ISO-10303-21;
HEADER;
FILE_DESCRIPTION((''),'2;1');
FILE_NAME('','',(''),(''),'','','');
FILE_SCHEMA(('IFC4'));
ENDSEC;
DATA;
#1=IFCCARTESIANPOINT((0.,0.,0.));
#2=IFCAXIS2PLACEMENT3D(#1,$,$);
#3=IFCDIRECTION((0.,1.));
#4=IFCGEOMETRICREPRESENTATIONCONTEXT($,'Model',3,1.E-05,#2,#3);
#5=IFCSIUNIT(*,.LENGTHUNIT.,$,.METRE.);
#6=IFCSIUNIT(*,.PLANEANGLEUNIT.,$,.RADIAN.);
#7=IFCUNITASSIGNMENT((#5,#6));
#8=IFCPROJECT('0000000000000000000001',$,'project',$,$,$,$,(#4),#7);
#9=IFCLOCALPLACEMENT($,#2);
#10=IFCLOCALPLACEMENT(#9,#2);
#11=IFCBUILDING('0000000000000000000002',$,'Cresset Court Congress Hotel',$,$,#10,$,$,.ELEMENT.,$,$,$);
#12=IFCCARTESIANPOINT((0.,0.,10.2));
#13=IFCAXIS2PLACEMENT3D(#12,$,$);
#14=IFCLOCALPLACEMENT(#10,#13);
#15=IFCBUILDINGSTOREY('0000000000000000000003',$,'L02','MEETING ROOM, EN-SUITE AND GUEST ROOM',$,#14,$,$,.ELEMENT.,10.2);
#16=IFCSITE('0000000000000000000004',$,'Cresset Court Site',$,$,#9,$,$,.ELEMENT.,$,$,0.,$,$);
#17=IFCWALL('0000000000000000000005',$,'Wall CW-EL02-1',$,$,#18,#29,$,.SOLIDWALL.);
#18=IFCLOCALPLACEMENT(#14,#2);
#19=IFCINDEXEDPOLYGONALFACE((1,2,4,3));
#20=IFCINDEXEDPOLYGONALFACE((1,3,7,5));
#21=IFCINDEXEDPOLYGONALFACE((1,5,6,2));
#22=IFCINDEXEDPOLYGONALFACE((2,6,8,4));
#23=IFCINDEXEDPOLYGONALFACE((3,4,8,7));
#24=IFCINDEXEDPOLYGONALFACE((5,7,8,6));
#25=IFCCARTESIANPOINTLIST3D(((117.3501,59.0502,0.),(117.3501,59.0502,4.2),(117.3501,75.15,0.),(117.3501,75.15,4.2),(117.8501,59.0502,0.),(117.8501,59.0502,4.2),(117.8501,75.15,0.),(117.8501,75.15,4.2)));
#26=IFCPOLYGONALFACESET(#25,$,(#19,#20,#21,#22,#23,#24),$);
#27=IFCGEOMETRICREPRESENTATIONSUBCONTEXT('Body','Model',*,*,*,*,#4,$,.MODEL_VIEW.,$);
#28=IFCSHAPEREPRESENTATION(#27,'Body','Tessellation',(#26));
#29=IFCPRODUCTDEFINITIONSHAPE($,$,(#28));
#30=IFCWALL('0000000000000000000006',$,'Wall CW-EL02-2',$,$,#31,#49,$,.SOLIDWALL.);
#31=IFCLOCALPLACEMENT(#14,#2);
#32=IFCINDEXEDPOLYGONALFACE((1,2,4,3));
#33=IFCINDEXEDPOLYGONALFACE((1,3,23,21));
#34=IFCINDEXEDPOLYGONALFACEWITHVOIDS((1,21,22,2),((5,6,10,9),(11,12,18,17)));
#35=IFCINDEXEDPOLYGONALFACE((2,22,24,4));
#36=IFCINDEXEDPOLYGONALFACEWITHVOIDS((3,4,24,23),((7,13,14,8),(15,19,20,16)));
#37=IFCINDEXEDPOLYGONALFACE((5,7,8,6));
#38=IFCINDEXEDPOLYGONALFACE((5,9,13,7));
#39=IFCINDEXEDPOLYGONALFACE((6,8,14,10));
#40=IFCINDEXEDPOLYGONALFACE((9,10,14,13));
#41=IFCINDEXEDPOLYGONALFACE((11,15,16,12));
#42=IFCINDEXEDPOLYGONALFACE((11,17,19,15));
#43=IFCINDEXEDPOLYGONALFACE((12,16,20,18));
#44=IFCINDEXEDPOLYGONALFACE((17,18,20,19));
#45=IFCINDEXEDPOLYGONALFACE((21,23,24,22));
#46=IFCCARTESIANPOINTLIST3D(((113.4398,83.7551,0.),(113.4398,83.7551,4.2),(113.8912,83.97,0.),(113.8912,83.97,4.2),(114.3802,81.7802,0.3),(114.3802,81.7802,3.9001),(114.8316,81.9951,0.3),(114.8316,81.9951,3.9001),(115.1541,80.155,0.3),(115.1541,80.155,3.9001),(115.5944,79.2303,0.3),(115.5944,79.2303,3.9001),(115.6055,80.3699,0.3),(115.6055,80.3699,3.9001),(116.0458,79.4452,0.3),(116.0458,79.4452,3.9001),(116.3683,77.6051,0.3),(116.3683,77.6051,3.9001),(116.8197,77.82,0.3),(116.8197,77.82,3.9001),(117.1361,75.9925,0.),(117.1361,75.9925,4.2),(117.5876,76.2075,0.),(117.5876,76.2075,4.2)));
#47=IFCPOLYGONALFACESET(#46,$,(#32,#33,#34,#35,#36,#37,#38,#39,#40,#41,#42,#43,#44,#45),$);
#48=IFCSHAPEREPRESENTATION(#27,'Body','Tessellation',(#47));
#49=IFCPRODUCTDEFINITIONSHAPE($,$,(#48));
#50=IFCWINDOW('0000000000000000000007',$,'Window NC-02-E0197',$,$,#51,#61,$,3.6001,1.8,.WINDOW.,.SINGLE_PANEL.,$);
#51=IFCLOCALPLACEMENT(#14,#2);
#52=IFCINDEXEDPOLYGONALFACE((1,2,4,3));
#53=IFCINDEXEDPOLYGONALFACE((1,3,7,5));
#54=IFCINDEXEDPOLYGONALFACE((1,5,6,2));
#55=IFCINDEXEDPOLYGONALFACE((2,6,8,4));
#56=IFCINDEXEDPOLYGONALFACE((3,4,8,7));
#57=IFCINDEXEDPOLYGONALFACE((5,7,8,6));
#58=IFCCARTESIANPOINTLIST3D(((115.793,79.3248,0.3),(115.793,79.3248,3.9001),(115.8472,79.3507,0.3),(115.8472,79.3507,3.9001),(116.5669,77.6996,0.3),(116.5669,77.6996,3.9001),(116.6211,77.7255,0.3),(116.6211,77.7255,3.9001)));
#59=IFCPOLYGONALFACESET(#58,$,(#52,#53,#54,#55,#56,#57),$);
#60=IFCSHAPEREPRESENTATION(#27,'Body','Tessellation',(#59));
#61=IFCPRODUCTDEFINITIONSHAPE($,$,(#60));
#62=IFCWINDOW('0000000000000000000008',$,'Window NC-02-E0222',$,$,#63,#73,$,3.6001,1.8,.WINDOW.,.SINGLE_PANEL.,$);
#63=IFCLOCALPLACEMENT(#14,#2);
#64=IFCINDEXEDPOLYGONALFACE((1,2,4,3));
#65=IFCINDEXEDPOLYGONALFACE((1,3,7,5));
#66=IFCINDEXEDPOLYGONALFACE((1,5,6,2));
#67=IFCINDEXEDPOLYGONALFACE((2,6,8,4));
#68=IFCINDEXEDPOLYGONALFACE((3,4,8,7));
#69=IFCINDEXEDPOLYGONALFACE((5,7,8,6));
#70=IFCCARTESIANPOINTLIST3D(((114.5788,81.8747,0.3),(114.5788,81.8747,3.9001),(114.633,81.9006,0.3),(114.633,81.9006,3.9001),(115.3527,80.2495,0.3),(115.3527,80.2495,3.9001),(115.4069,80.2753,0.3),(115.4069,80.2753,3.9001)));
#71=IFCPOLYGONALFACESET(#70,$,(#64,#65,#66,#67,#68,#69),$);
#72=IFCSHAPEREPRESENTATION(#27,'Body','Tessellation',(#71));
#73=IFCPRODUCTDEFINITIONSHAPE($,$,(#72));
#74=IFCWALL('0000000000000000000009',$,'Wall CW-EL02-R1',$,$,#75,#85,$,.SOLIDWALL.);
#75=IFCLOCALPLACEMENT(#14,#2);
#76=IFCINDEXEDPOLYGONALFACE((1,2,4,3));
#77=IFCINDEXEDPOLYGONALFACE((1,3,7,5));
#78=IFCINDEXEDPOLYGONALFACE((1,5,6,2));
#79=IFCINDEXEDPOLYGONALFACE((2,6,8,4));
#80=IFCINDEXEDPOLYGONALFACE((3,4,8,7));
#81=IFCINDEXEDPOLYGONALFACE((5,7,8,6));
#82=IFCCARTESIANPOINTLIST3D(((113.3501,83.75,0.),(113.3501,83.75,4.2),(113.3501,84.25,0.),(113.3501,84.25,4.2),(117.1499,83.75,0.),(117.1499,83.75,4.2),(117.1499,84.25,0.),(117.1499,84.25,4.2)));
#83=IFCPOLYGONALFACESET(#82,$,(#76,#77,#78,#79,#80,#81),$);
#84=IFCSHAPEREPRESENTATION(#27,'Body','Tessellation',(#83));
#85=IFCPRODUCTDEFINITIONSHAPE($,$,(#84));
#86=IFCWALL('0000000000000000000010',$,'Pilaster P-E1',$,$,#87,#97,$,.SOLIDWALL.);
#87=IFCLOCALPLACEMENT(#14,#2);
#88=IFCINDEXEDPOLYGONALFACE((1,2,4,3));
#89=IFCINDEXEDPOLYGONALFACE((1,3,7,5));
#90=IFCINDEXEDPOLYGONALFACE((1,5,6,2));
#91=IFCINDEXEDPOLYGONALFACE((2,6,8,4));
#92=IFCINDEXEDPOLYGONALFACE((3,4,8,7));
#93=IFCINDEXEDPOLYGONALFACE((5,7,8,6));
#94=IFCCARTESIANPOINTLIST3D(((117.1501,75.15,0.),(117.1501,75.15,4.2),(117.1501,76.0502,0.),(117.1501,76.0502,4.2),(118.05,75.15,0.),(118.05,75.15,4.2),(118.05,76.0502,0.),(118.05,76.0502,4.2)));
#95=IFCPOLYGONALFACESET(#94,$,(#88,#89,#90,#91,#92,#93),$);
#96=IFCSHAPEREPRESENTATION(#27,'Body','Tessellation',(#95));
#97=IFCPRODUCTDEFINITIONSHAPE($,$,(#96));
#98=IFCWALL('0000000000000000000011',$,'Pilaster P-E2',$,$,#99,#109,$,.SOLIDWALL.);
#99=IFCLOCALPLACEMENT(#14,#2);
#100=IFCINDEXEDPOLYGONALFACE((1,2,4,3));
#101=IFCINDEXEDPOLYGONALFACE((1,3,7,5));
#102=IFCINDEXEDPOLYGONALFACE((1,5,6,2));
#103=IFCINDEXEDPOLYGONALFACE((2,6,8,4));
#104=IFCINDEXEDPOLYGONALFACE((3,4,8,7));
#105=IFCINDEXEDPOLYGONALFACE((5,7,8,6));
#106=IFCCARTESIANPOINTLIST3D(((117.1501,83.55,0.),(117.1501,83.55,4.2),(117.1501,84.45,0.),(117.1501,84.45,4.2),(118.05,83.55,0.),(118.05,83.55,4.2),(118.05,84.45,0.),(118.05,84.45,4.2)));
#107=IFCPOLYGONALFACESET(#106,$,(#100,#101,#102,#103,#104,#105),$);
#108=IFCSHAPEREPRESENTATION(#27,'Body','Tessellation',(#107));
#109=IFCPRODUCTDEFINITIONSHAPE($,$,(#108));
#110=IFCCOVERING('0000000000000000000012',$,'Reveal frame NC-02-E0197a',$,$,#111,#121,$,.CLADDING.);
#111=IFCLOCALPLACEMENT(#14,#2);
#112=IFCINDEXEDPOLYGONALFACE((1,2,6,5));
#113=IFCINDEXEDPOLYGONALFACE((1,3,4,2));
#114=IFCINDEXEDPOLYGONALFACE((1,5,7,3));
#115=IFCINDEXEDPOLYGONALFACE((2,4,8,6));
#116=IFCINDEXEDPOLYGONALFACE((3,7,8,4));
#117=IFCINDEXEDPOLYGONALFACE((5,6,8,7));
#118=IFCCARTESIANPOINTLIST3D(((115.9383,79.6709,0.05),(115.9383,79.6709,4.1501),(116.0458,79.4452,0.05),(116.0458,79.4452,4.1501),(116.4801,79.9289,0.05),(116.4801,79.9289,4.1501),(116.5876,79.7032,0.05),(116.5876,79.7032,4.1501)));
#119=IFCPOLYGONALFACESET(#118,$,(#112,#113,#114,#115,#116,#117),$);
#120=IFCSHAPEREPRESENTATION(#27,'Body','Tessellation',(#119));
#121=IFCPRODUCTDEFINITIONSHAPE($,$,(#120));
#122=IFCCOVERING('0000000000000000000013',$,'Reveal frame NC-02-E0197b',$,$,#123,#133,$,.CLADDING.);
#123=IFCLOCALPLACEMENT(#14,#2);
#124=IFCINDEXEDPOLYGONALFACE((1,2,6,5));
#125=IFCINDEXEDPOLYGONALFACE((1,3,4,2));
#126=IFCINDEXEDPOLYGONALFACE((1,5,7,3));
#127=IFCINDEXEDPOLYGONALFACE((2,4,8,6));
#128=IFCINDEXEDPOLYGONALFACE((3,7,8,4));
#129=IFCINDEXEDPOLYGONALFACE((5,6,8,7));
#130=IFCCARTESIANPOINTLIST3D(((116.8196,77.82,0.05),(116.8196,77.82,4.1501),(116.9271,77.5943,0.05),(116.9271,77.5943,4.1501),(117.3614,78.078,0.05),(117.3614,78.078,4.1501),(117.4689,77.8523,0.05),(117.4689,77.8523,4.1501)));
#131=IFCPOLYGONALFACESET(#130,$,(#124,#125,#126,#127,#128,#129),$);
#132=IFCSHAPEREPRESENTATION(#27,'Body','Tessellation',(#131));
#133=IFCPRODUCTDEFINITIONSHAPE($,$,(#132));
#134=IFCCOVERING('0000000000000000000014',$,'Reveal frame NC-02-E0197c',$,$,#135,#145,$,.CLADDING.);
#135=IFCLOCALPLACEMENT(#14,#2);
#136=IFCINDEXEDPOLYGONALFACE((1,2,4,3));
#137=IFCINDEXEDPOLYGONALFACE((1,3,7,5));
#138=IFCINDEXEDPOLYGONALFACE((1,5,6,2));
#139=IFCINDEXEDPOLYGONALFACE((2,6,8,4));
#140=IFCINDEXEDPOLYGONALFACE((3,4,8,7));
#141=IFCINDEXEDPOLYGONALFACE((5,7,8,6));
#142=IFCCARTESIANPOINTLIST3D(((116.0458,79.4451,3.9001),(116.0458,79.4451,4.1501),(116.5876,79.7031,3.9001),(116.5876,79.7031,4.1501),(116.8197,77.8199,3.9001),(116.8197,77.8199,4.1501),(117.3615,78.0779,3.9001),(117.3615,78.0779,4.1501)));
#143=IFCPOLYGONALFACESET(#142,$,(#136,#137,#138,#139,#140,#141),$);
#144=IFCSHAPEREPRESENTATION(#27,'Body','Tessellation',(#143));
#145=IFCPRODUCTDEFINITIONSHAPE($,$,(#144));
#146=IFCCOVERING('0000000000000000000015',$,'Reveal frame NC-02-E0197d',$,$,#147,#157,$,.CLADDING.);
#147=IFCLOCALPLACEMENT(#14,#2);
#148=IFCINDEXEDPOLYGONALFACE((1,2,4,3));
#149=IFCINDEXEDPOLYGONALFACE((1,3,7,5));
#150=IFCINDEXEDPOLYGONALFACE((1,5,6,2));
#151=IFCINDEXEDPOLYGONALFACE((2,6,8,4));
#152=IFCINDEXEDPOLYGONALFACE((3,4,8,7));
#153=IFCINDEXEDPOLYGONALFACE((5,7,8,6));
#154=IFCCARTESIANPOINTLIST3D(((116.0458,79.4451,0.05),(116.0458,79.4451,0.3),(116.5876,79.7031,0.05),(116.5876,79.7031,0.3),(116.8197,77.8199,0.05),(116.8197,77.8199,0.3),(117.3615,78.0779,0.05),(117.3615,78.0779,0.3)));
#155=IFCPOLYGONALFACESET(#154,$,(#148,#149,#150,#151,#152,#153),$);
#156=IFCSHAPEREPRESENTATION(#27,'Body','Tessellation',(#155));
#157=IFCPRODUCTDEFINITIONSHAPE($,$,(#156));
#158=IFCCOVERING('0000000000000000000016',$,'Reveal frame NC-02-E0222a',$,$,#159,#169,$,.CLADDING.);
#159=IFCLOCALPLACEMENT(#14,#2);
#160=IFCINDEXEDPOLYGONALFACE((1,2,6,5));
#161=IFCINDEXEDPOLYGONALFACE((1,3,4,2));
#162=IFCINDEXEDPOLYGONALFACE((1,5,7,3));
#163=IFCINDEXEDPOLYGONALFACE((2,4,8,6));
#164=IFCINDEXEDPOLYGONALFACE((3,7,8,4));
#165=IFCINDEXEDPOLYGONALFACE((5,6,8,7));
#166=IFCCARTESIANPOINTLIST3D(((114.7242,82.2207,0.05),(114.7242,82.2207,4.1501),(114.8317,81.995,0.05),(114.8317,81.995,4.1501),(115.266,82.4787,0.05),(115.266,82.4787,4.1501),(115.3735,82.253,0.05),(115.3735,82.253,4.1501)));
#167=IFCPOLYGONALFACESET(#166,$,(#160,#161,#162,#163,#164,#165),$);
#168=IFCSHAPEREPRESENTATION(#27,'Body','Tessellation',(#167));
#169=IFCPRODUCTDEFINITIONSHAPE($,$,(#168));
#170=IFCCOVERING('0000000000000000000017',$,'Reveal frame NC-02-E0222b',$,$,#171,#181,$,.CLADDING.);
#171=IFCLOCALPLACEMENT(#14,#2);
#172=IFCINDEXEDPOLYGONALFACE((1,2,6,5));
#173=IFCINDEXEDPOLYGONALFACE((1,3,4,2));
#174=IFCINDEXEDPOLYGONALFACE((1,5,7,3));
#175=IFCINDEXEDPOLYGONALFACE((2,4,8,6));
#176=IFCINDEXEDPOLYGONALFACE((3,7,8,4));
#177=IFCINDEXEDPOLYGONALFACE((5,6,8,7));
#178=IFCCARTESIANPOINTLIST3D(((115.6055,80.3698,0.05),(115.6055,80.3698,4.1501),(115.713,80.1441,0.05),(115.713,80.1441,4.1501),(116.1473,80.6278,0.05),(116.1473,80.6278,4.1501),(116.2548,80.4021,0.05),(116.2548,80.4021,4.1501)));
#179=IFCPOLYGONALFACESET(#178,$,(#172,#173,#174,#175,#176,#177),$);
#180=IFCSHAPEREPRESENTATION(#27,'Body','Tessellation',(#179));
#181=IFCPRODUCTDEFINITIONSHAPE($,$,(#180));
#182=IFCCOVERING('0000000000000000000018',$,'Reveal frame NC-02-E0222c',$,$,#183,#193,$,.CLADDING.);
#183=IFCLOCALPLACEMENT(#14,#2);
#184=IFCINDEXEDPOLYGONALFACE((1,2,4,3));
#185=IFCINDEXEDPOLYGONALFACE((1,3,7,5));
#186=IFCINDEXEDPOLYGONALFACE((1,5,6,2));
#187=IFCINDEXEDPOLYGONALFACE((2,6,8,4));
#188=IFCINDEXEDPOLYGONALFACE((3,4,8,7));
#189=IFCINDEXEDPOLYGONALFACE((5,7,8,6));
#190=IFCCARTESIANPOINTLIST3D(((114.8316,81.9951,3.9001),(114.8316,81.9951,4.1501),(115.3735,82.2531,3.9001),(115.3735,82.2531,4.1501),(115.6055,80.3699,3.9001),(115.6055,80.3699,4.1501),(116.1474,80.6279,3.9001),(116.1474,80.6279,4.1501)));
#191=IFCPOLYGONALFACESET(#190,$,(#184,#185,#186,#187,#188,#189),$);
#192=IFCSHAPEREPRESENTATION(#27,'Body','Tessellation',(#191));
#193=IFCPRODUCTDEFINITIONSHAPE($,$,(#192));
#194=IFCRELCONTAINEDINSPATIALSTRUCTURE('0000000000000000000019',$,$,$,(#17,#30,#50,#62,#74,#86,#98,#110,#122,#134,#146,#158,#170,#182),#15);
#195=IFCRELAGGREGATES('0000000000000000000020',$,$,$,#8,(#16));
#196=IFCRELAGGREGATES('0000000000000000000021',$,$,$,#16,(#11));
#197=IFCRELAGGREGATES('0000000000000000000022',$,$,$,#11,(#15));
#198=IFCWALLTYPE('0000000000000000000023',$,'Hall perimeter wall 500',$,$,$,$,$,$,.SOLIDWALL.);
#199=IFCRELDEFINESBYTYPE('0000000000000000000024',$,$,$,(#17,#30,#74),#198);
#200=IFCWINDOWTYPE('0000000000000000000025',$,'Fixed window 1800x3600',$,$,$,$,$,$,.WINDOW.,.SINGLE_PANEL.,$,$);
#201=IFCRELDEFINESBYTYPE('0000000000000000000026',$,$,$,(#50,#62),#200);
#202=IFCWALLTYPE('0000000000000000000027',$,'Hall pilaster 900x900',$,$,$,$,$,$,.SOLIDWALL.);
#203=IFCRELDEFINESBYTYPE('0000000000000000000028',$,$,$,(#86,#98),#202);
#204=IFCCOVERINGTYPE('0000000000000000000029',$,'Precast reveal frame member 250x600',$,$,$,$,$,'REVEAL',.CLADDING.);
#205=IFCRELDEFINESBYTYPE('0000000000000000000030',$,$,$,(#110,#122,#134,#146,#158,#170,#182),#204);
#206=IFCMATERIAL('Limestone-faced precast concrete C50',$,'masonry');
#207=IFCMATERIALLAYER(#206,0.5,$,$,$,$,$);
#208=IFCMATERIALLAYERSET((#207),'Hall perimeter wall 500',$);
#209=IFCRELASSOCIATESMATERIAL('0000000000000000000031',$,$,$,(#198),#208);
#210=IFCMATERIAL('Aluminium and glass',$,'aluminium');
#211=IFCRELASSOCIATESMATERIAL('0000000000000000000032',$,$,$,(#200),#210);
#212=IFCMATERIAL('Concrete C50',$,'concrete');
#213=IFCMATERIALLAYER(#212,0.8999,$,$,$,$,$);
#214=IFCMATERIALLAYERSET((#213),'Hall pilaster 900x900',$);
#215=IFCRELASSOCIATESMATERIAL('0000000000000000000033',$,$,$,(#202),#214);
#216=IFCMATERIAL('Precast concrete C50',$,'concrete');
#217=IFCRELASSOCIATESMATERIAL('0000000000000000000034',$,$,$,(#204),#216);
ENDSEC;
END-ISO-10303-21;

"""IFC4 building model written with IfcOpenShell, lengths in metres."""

from ifc_helpers import new_model, si_unit, direction, frame, frame_2d, origin, origin_2d, place, context, subcontext, project, spatial, rectangle, extrude, material, layer, layer_set, type_object, element, fill, save


model = new_model("IFC4")

# Units and contexts
model_context = context("Model", 3, precision=1e-05, world=origin(), true_north=direction((0.0, 1.0)))
body_context = subcontext(model_context, "Body", "Model", "MODEL_VIEW")
ifc_project = project(units=[si_unit("LENGTHUNIT", "METRE"), si_unit("PLANEANGLEUNIT", "RADIAN")], contexts=[model_context])

# Site, building, storey
site_placement = place(None, origin())
site = spatial("IfcSite", under=ifc_project, at=site_placement, Name="Cresset Court Site", CompositionType="ELEMENT", RefElevation=0.0)
building_placement = place(site_placement, origin())
building = spatial("IfcBuilding", under=site, at=building_placement, Name="Cresset Court Congress Hotel", CompositionType="ELEMENT")
storey_placement = place(building_placement, frame((0.0, 0.0, 10.2)))
storey = spatial("IfcBuildingStorey", under=building, at=storey_placement, Name="L02", Description="MEETING ROOM, EN-SUITE AND GUEST ROOM", CompositionType="ELEMENT", Elevation=10.2)

# Wall
ifc_material_1 = material(Name="Limestone-faced precast concrete C50", Category="masonry")
ifc_layer_1 = layer(ifc_material_1, 0.5)
ifc_layer_set_1 = layer_set([ifc_layer_1], Name="Hall perimeter wall 500")
wall_type_1 = type_object("IfcWallType", Name="Hall perimeter wall 500", PredefinedType="SOLIDWALL", material=ifc_layer_set_1)
wall_1_placement = place(storey_placement, frame((117.6001, 75.1499, 0.0), z_axis=(0.0, 0.0, 1.0), x_axis=(0.0, -1.0, 0.0)))
element("IfcWall", 1, at=wall_1_placement, inside=storey, type_object=wall_type_1, Name="Wall CW-EL02-1", PredefinedType="SOLIDWALL", context=body_context, shape_type="SweptSolid", body=[
    extrude(rectangle(XDim=16.0999, YDim=0.5, at=frame_2d((8.0498, 0.0))), origin(), (0.0, 0.0, 1.0), 4.2),
])

# Wall, openings, windows
wall_2_placement = place(storey_placement, frame((113.6655, 83.8625, 0.0), z_axis=(0.0, 0.0, 1.0), x_axis=(0.429923, -0.902866, 0.0)))
wall_2 = element("IfcWall", 2, at=wall_2_placement, inside=storey, type_object=wall_type_1, Name="Wall CW-EL02-2", PredefinedType="SOLIDWALL", context=body_context, shape_type="SweptSolid", body=[
    extrude(rectangle(XDim=8.5977, YDim=0.5, at=frame_2d((4.2988, 0.0))), origin(), (0.0, 0.0, 1.0), 4.2),
])
opening_1_placement = place(wall_2_placement, frame((5.0117, 0.0, 0.3)))
opening_1 = element("IfcOpeningElement", 3, at=opening_1_placement, cuts=wall_2, PredefinedType="OPENING", context=body_context, shape_type="SweptSolid", body=[
    extrude(rectangle(XDim=1.8, YDim=3.6001, at=frame_2d((0.8999, 1.8))), frame((0.0, 0.26, 0.0), z_axis=(0.0, -1.0, 0.0), x_axis=(1.0, 0.0, 0.0)), (0.0, 0.0, 1.0), 0.52),
])
opening_2_placement = place(wall_2_placement, frame((2.1875, 0.0, 0.3)))
opening_2 = element("IfcOpeningElement", 4, at=opening_2_placement, cuts=wall_2, PredefinedType="OPENING", context=body_context, shape_type="SweptSolid", body=[
    extrude(rectangle(XDim=1.8, YDim=3.6001, at=frame_2d((0.8999, 1.8))), frame((0.0, 0.26, 0.0), z_axis=(0.0, -1.0, 0.0), x_axis=(1.0, 0.0, 0.0)), (0.0, 0.0, 1.0), 0.52),
])
ifc_material_2 = material(Name="Aluminium and glass", Category="aluminium")
window_type = type_object("IfcWindowType", Name="Fixed window 1800x3600", PartitioningType="SINGLE_PANEL", PredefinedType="WINDOW", material=ifc_material_2)
window_1_placement = place(opening_1_placement, origin())
window_1 = element("IfcWindow", 5, at=window_1_placement, inside=storey, type_object=window_type, Name="Window NC-02-E0197", OverallHeight=3.6001, OverallWidth=1.8, PartitioningType="SINGLE_PANEL", PredefinedType="WINDOW", context=body_context, shape_type="SweptSolid", body=[
    extrude(rectangle(XDim=1.8, YDim=3.6001, at=frame_2d((0.8999, 1.8))), frame((0.0, 0.03, 0.0), z_axis=(0.0, -1.0, 0.0), x_axis=(1.0, 0.0, 0.0)), (0.0, 0.0, 1.0), 0.0601),
])
fill(opening_1, window_1)
window_2_placement = place(opening_2_placement, origin())
window_2 = element("IfcWindow", 6, at=window_2_placement, inside=storey, type_object=window_type, Name="Window NC-02-E0222", OverallHeight=3.6001, OverallWidth=1.8, PartitioningType="SINGLE_PANEL", PredefinedType="WINDOW", context=body_context, shape_type="SweptSolid", body=[
    extrude(rectangle(XDim=1.8, YDim=3.6001, at=frame_2d((0.8999, 1.8))), frame((0.0, 0.03, 0.0), z_axis=(0.0, -1.0, 0.0), x_axis=(1.0, 0.0, 0.0)), (0.0, 0.0, 1.0), 0.0601),
])
fill(opening_2, window_2)

# Walls
wall_3_placement = place(storey_placement, frame((113.3501, 84.0, 0.0), z_axis=(0.0, 0.0, 1.0), x_axis=(1.0, 0.0, 0.0)))
element("IfcWall", 7, at=wall_3_placement, inside=storey, type_object=wall_type_1, Name="Wall CW-EL02-R1", PredefinedType="SOLIDWALL", context=body_context, shape_type="SweptSolid", body=[
    extrude(rectangle(XDim=3.7998, YDim=0.5, at=frame_2d((1.8999, 0.0))), origin(), (0.0, 0.0, 1.0), 4.2),
])
ifc_material_3 = material(Name="Concrete C50", Category="concrete")
ifc_layer_2 = layer(ifc_material_3, 0.8999)
ifc_layer_set_2 = layer_set([ifc_layer_2], Name="Hall pilaster 900x900")
wall_type_2 = type_object("IfcWallType", Name="Hall pilaster 900x900", PredefinedType="SOLIDWALL", material=ifc_layer_set_2)
wall_4_placement = place(storey_placement, frame((117.6001, 75.1499, 0.0), z_axis=(0.0, 0.0, 1.0), x_axis=(0.0, 1.0, 0.0)))
element("IfcWall", 8, at=wall_4_placement, inside=storey, type_object=wall_type_2, Name="Pilaster P-E1", PredefinedType="SOLIDWALL", context=body_context, shape_type="SweptSolid", body=[
    extrude(rectangle(XDim=0.9001, YDim=0.8999, at=frame_2d((0.4502, 0.0))), origin(), (0.0, 0.0, 1.0), 4.2),
])
wall_5_placement = place(storey_placement, frame((117.6001, 83.55, 0.0), z_axis=(0.0, 0.0, 1.0), x_axis=(0.0, 1.0, 0.0)))
element("IfcWall", 9, at=wall_5_placement, inside=storey, type_object=wall_type_2, Name="Pilaster P-E2", PredefinedType="SOLIDWALL", context=body_context, shape_type="SweptSolid", body=[
    extrude(rectangle(XDim=0.8999, YDim=0.8999, at=frame_2d((0.45, 0.0))), origin(), (0.0, 0.0, 1.0), 4.2),
])

# Coverings
ifc_material_4 = material(Name="Precast concrete C50", Category="concrete")
covering_type = type_object("IfcCoveringType", Name="Precast reveal frame member 250x600", ElementType="REVEAL", PredefinedType="CLADDING", material=ifc_material_4)
for number, where, z_axis, x_axis, name in (
    (10, (116.2629, 79.687, 0.05), (0.0, 0.0, 1.0), (0.429933, -0.902861, 0.0), "Reveal frame NC-02-E0197a"),
    (11, (117.1443, 77.8362, 0.05), (0.0, 0.0, 1.0), (0.429933, -0.902861, 0.0), "Reveal frame NC-02-E0197b"),
):
    element("IfcCovering", number, at=place(storey_placement, frame(where, z_axis=z_axis, x_axis=x_axis)), inside=storey, type_object=covering_type, Name=name, PredefinedType="CLADDING", context=body_context, shape_type="SweptSolid", body=[
        extrude(rectangle(XDim=0.25, YDim=0.6001, at=origin_2d()), origin(), (0.0, 0.0, 1.0), 4.1001),
    ])
for number, where, z_axis, x_axis, name in (
    (12, (116.7036, 78.7615, 3.9001), (0.0, 0.0, 1.0), (0.429933, -0.902861, 0.0), "Reveal frame NC-02-E0197c"),
    (13, (116.7036, 78.7615, 0.05), (0.0, 0.0, 1.0), (0.429933, -0.902861, 0.0), "Reveal frame NC-02-E0197d"),
):
    element("IfcCovering", number, at=place(storey_placement, frame(where, z_axis=z_axis, x_axis=x_axis)), inside=storey, type_object=covering_type, Name=name, PredefinedType="CLADDING", context=body_context, shape_type="SweptSolid", body=[
        extrude(rectangle(XDim=1.8, YDim=0.6001, at=origin_2d()), origin(), (0.0, 0.0, 1.0), 0.25),
    ])
for number, where, z_axis, x_axis, name in (
    (14, (115.0488, 82.2368, 0.05), (0.0, 0.0, 1.0), (0.429933, -0.902861, 0.0), "Reveal frame NC-02-E0222a"),
    (15, (115.9302, 80.386, 0.05), (0.0, 0.0, 1.0), (0.429933, -0.902861, 0.0), "Reveal frame NC-02-E0222b"),
):
    element("IfcCovering", number, at=place(storey_placement, frame(where, z_axis=z_axis, x_axis=x_axis)), inside=storey, type_object=covering_type, Name=name, PredefinedType="CLADDING", context=body_context, shape_type="SweptSolid", body=[
        extrude(rectangle(XDim=0.25, YDim=0.6001, at=origin_2d()), origin(), (0.0, 0.0, 1.0), 4.1001),
    ])
for number, where, z_axis, x_axis, name in (
    (16, (115.4895, 81.3115, 3.9001), (0.0, 0.0, 1.0), (0.429933, -0.902861, 0.0), "Reveal frame NC-02-E0222c"),
):
    element("IfcCovering", number, at=place(storey_placement, frame(where, z_axis=z_axis, x_axis=x_axis)), inside=storey, type_object=covering_type, Name=name, PredefinedType="CLADDING", context=body_context, shape_type="SweptSolid", body=[
        extrude(rectangle(XDim=1.8, YDim=0.6001, at=origin_2d()), origin(), (0.0, 0.0, 1.0), 0.25),
    ])

save(model, "model.ifc")
